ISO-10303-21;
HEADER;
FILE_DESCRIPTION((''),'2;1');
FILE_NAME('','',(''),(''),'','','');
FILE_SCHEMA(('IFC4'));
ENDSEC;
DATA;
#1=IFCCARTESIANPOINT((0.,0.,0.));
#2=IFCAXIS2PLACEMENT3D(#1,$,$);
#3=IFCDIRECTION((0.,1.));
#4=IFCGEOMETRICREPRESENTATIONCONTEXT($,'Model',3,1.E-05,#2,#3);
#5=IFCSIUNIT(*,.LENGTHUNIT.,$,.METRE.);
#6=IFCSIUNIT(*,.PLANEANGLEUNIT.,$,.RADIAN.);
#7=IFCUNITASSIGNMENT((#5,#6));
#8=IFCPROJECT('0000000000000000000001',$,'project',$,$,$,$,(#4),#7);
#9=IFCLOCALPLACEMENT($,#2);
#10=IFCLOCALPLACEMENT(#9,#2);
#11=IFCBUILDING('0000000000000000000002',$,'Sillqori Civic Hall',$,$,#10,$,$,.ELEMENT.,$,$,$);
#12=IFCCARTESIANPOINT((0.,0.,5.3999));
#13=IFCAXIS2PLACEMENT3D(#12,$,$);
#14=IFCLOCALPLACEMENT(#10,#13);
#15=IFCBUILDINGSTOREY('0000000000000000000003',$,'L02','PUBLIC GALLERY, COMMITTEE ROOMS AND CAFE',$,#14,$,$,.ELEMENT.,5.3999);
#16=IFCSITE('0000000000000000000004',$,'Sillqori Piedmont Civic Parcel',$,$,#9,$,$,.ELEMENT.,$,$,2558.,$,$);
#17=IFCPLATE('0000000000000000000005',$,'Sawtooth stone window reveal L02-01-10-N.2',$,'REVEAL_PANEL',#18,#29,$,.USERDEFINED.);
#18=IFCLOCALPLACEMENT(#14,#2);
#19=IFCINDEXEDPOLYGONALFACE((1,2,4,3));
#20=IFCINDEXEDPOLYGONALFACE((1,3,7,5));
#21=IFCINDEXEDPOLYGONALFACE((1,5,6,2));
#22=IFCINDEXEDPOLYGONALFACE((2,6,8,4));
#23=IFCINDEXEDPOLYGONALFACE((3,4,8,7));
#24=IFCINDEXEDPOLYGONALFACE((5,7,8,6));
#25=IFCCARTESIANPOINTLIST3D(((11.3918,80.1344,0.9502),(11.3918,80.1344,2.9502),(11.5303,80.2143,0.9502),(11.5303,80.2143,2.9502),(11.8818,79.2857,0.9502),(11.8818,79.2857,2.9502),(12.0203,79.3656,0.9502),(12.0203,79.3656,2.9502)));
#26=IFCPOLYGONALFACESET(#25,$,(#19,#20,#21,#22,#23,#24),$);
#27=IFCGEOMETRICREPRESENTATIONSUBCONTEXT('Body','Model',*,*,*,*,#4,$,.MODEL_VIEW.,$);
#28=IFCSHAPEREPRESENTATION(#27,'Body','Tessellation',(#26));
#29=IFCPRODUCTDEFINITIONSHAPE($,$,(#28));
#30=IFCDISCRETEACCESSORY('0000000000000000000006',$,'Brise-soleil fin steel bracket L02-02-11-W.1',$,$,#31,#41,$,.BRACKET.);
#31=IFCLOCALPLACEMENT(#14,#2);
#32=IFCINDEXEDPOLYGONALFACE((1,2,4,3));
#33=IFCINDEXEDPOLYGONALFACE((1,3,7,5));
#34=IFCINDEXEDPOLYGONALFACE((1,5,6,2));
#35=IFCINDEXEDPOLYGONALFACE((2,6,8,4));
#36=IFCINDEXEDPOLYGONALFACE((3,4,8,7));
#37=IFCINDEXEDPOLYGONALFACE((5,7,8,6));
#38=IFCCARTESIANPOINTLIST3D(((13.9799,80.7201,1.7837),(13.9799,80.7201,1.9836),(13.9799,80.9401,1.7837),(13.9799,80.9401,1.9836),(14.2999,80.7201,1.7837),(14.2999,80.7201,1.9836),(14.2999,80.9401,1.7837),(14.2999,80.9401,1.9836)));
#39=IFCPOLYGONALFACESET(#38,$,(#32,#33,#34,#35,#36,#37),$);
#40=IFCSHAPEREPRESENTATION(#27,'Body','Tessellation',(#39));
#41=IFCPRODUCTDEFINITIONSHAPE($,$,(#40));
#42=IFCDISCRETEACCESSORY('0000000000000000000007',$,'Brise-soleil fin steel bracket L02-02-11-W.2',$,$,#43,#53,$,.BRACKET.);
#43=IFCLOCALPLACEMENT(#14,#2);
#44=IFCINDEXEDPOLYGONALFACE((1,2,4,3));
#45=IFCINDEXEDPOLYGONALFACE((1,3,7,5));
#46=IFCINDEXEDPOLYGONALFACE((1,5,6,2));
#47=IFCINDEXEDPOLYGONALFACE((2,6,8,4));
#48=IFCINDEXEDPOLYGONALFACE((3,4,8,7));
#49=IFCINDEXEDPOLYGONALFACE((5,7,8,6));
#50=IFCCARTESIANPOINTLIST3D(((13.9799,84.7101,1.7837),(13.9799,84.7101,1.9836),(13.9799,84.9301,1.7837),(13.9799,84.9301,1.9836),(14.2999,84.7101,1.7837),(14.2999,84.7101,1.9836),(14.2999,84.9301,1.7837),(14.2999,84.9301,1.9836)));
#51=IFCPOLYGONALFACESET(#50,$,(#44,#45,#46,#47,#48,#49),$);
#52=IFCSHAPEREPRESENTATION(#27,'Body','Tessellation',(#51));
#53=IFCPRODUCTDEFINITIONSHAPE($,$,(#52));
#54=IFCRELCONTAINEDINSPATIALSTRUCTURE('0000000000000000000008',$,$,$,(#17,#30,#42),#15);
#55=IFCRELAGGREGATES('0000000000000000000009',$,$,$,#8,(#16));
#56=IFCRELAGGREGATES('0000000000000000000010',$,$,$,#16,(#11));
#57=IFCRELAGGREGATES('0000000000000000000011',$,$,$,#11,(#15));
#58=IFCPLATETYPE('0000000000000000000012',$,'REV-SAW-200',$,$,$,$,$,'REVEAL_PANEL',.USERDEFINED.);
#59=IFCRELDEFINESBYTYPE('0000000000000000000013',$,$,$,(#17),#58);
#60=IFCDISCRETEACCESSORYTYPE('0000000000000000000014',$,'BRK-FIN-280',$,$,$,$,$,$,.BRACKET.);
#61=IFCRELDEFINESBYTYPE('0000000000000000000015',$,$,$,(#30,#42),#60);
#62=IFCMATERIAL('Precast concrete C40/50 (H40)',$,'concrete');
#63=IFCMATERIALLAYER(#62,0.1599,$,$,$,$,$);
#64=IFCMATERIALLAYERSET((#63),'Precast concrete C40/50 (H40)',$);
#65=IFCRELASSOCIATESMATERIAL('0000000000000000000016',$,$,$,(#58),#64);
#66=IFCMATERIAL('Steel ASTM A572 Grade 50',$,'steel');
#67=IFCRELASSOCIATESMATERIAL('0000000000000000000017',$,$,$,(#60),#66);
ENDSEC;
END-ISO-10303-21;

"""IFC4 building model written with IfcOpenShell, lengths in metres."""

from ifc_helpers import new_model, si_unit, direction, frame, origin, origin_2d, place, context, subcontext, project, spatial, rectangle, extrude, material, layer, layer_set, type_object, element, save


model = new_model("IFC4")

# Units and contexts
model_context = context("Model", 3, precision=1e-05, world=origin(), true_north=direction((0.0, 1.0)))
body_context = subcontext(model_context, "Body", "Model", "MODEL_VIEW")
ifc_project = project(units=[si_unit("LENGTHUNIT", "METRE"), si_unit("PLANEANGLEUNIT", "RADIAN")], contexts=[model_context])

# Site, building, storey
site_placement = place(None, origin())
site = spatial("IfcSite", under=ifc_project, at=site_placement, Name="Sillqori Piedmont Civic Parcel", CompositionType="ELEMENT", RefElevation=2558.0)
building_placement = place(site_placement, origin())
building = spatial("IfcBuilding", under=site, at=building_placement, Name="Sillqori Civic Hall", CompositionType="ELEMENT")
storey_placement = place(building_placement, frame((0.0, 0.0, 5.3999)))
storey = spatial("IfcBuildingStorey", under=building, at=storey_placement, Name="L02", Description="PUBLIC GALLERY, COMMITTEE ROOMS AND CAFE", CompositionType="ELEMENT", Elevation=5.3999)

# Plate
ifc_material_1 = material(Name="Precast concrete C40/50 (H40)", Category="concrete")
ifc_layer_1 = layer(ifc_material_1, 0.1599)
ifc_layer_set_1 = layer_set([ifc_layer_1], Name="Precast concrete C40/50 (H40)")
plate_type_1 = type_object("IfcPlateType", Name="REV-SAW-200", ElementType="REVEAL_PANEL", PredefinedType="USERDEFINED", material=ifc_layer_set_1)
plate_placement = place(storey_placement, frame((11.7061, 79.75, 0.9502), z_axis=(0.0, 0.0, 1.0), x_axis=(0.866025, 0.5, 0.0)))
element("IfcPlate", 1, at=plate_placement, inside=storey, type_object=plate_type_1, Name="Sawtooth stone window reveal L02-01-10-N.2", ObjectType="REVEAL_PANEL", PredefinedType="USERDEFINED", context=body_context, shape_type="SweptSolid", body=[
    extrude(rectangle(XDim=0.1599, YDim=0.98, at=origin_2d()), origin(), (0.0, 0.0, 1.0), 2.0),
])

# Discrete accessories
ifc_material_2 = material(Name="Steel ASTM A572 Grade 50", Category="steel")
discrete_accessory_type = type_object("IfcDiscreteAccessoryType", Name="BRK-FIN-280", PredefinedType="BRACKET", material=ifc_material_2)
for number, where, z_axis, x_axis, name in (
    (2, (14.1399, 80.8301, 1.7837), (0.0, 0.0, 1.0), (0.0, 1.0, 0.0), "Brise-soleil fin steel bracket L02-02-11-W.1"),
    (3, (14.1399, 84.8201, 1.7837), (0.0, 0.0, 1.0), (0.0, 1.0, 0.0), "Brise-soleil fin steel bracket L02-02-11-W.2"),
):
    element("IfcDiscreteAccessory", number, at=place(storey_placement, frame(where, z_axis=z_axis, x_axis=x_axis)), inside=storey, type_object=discrete_accessory_type, Name=name, PredefinedType="BRACKET", context=body_context, shape_type="SweptSolid", body=[
        extrude(rectangle(XDim=0.22, YDim=0.3201, at=origin_2d()), origin(), (0.0, 0.0, 1.0), 0.2),
    ])

save(model, "model.ifc")
